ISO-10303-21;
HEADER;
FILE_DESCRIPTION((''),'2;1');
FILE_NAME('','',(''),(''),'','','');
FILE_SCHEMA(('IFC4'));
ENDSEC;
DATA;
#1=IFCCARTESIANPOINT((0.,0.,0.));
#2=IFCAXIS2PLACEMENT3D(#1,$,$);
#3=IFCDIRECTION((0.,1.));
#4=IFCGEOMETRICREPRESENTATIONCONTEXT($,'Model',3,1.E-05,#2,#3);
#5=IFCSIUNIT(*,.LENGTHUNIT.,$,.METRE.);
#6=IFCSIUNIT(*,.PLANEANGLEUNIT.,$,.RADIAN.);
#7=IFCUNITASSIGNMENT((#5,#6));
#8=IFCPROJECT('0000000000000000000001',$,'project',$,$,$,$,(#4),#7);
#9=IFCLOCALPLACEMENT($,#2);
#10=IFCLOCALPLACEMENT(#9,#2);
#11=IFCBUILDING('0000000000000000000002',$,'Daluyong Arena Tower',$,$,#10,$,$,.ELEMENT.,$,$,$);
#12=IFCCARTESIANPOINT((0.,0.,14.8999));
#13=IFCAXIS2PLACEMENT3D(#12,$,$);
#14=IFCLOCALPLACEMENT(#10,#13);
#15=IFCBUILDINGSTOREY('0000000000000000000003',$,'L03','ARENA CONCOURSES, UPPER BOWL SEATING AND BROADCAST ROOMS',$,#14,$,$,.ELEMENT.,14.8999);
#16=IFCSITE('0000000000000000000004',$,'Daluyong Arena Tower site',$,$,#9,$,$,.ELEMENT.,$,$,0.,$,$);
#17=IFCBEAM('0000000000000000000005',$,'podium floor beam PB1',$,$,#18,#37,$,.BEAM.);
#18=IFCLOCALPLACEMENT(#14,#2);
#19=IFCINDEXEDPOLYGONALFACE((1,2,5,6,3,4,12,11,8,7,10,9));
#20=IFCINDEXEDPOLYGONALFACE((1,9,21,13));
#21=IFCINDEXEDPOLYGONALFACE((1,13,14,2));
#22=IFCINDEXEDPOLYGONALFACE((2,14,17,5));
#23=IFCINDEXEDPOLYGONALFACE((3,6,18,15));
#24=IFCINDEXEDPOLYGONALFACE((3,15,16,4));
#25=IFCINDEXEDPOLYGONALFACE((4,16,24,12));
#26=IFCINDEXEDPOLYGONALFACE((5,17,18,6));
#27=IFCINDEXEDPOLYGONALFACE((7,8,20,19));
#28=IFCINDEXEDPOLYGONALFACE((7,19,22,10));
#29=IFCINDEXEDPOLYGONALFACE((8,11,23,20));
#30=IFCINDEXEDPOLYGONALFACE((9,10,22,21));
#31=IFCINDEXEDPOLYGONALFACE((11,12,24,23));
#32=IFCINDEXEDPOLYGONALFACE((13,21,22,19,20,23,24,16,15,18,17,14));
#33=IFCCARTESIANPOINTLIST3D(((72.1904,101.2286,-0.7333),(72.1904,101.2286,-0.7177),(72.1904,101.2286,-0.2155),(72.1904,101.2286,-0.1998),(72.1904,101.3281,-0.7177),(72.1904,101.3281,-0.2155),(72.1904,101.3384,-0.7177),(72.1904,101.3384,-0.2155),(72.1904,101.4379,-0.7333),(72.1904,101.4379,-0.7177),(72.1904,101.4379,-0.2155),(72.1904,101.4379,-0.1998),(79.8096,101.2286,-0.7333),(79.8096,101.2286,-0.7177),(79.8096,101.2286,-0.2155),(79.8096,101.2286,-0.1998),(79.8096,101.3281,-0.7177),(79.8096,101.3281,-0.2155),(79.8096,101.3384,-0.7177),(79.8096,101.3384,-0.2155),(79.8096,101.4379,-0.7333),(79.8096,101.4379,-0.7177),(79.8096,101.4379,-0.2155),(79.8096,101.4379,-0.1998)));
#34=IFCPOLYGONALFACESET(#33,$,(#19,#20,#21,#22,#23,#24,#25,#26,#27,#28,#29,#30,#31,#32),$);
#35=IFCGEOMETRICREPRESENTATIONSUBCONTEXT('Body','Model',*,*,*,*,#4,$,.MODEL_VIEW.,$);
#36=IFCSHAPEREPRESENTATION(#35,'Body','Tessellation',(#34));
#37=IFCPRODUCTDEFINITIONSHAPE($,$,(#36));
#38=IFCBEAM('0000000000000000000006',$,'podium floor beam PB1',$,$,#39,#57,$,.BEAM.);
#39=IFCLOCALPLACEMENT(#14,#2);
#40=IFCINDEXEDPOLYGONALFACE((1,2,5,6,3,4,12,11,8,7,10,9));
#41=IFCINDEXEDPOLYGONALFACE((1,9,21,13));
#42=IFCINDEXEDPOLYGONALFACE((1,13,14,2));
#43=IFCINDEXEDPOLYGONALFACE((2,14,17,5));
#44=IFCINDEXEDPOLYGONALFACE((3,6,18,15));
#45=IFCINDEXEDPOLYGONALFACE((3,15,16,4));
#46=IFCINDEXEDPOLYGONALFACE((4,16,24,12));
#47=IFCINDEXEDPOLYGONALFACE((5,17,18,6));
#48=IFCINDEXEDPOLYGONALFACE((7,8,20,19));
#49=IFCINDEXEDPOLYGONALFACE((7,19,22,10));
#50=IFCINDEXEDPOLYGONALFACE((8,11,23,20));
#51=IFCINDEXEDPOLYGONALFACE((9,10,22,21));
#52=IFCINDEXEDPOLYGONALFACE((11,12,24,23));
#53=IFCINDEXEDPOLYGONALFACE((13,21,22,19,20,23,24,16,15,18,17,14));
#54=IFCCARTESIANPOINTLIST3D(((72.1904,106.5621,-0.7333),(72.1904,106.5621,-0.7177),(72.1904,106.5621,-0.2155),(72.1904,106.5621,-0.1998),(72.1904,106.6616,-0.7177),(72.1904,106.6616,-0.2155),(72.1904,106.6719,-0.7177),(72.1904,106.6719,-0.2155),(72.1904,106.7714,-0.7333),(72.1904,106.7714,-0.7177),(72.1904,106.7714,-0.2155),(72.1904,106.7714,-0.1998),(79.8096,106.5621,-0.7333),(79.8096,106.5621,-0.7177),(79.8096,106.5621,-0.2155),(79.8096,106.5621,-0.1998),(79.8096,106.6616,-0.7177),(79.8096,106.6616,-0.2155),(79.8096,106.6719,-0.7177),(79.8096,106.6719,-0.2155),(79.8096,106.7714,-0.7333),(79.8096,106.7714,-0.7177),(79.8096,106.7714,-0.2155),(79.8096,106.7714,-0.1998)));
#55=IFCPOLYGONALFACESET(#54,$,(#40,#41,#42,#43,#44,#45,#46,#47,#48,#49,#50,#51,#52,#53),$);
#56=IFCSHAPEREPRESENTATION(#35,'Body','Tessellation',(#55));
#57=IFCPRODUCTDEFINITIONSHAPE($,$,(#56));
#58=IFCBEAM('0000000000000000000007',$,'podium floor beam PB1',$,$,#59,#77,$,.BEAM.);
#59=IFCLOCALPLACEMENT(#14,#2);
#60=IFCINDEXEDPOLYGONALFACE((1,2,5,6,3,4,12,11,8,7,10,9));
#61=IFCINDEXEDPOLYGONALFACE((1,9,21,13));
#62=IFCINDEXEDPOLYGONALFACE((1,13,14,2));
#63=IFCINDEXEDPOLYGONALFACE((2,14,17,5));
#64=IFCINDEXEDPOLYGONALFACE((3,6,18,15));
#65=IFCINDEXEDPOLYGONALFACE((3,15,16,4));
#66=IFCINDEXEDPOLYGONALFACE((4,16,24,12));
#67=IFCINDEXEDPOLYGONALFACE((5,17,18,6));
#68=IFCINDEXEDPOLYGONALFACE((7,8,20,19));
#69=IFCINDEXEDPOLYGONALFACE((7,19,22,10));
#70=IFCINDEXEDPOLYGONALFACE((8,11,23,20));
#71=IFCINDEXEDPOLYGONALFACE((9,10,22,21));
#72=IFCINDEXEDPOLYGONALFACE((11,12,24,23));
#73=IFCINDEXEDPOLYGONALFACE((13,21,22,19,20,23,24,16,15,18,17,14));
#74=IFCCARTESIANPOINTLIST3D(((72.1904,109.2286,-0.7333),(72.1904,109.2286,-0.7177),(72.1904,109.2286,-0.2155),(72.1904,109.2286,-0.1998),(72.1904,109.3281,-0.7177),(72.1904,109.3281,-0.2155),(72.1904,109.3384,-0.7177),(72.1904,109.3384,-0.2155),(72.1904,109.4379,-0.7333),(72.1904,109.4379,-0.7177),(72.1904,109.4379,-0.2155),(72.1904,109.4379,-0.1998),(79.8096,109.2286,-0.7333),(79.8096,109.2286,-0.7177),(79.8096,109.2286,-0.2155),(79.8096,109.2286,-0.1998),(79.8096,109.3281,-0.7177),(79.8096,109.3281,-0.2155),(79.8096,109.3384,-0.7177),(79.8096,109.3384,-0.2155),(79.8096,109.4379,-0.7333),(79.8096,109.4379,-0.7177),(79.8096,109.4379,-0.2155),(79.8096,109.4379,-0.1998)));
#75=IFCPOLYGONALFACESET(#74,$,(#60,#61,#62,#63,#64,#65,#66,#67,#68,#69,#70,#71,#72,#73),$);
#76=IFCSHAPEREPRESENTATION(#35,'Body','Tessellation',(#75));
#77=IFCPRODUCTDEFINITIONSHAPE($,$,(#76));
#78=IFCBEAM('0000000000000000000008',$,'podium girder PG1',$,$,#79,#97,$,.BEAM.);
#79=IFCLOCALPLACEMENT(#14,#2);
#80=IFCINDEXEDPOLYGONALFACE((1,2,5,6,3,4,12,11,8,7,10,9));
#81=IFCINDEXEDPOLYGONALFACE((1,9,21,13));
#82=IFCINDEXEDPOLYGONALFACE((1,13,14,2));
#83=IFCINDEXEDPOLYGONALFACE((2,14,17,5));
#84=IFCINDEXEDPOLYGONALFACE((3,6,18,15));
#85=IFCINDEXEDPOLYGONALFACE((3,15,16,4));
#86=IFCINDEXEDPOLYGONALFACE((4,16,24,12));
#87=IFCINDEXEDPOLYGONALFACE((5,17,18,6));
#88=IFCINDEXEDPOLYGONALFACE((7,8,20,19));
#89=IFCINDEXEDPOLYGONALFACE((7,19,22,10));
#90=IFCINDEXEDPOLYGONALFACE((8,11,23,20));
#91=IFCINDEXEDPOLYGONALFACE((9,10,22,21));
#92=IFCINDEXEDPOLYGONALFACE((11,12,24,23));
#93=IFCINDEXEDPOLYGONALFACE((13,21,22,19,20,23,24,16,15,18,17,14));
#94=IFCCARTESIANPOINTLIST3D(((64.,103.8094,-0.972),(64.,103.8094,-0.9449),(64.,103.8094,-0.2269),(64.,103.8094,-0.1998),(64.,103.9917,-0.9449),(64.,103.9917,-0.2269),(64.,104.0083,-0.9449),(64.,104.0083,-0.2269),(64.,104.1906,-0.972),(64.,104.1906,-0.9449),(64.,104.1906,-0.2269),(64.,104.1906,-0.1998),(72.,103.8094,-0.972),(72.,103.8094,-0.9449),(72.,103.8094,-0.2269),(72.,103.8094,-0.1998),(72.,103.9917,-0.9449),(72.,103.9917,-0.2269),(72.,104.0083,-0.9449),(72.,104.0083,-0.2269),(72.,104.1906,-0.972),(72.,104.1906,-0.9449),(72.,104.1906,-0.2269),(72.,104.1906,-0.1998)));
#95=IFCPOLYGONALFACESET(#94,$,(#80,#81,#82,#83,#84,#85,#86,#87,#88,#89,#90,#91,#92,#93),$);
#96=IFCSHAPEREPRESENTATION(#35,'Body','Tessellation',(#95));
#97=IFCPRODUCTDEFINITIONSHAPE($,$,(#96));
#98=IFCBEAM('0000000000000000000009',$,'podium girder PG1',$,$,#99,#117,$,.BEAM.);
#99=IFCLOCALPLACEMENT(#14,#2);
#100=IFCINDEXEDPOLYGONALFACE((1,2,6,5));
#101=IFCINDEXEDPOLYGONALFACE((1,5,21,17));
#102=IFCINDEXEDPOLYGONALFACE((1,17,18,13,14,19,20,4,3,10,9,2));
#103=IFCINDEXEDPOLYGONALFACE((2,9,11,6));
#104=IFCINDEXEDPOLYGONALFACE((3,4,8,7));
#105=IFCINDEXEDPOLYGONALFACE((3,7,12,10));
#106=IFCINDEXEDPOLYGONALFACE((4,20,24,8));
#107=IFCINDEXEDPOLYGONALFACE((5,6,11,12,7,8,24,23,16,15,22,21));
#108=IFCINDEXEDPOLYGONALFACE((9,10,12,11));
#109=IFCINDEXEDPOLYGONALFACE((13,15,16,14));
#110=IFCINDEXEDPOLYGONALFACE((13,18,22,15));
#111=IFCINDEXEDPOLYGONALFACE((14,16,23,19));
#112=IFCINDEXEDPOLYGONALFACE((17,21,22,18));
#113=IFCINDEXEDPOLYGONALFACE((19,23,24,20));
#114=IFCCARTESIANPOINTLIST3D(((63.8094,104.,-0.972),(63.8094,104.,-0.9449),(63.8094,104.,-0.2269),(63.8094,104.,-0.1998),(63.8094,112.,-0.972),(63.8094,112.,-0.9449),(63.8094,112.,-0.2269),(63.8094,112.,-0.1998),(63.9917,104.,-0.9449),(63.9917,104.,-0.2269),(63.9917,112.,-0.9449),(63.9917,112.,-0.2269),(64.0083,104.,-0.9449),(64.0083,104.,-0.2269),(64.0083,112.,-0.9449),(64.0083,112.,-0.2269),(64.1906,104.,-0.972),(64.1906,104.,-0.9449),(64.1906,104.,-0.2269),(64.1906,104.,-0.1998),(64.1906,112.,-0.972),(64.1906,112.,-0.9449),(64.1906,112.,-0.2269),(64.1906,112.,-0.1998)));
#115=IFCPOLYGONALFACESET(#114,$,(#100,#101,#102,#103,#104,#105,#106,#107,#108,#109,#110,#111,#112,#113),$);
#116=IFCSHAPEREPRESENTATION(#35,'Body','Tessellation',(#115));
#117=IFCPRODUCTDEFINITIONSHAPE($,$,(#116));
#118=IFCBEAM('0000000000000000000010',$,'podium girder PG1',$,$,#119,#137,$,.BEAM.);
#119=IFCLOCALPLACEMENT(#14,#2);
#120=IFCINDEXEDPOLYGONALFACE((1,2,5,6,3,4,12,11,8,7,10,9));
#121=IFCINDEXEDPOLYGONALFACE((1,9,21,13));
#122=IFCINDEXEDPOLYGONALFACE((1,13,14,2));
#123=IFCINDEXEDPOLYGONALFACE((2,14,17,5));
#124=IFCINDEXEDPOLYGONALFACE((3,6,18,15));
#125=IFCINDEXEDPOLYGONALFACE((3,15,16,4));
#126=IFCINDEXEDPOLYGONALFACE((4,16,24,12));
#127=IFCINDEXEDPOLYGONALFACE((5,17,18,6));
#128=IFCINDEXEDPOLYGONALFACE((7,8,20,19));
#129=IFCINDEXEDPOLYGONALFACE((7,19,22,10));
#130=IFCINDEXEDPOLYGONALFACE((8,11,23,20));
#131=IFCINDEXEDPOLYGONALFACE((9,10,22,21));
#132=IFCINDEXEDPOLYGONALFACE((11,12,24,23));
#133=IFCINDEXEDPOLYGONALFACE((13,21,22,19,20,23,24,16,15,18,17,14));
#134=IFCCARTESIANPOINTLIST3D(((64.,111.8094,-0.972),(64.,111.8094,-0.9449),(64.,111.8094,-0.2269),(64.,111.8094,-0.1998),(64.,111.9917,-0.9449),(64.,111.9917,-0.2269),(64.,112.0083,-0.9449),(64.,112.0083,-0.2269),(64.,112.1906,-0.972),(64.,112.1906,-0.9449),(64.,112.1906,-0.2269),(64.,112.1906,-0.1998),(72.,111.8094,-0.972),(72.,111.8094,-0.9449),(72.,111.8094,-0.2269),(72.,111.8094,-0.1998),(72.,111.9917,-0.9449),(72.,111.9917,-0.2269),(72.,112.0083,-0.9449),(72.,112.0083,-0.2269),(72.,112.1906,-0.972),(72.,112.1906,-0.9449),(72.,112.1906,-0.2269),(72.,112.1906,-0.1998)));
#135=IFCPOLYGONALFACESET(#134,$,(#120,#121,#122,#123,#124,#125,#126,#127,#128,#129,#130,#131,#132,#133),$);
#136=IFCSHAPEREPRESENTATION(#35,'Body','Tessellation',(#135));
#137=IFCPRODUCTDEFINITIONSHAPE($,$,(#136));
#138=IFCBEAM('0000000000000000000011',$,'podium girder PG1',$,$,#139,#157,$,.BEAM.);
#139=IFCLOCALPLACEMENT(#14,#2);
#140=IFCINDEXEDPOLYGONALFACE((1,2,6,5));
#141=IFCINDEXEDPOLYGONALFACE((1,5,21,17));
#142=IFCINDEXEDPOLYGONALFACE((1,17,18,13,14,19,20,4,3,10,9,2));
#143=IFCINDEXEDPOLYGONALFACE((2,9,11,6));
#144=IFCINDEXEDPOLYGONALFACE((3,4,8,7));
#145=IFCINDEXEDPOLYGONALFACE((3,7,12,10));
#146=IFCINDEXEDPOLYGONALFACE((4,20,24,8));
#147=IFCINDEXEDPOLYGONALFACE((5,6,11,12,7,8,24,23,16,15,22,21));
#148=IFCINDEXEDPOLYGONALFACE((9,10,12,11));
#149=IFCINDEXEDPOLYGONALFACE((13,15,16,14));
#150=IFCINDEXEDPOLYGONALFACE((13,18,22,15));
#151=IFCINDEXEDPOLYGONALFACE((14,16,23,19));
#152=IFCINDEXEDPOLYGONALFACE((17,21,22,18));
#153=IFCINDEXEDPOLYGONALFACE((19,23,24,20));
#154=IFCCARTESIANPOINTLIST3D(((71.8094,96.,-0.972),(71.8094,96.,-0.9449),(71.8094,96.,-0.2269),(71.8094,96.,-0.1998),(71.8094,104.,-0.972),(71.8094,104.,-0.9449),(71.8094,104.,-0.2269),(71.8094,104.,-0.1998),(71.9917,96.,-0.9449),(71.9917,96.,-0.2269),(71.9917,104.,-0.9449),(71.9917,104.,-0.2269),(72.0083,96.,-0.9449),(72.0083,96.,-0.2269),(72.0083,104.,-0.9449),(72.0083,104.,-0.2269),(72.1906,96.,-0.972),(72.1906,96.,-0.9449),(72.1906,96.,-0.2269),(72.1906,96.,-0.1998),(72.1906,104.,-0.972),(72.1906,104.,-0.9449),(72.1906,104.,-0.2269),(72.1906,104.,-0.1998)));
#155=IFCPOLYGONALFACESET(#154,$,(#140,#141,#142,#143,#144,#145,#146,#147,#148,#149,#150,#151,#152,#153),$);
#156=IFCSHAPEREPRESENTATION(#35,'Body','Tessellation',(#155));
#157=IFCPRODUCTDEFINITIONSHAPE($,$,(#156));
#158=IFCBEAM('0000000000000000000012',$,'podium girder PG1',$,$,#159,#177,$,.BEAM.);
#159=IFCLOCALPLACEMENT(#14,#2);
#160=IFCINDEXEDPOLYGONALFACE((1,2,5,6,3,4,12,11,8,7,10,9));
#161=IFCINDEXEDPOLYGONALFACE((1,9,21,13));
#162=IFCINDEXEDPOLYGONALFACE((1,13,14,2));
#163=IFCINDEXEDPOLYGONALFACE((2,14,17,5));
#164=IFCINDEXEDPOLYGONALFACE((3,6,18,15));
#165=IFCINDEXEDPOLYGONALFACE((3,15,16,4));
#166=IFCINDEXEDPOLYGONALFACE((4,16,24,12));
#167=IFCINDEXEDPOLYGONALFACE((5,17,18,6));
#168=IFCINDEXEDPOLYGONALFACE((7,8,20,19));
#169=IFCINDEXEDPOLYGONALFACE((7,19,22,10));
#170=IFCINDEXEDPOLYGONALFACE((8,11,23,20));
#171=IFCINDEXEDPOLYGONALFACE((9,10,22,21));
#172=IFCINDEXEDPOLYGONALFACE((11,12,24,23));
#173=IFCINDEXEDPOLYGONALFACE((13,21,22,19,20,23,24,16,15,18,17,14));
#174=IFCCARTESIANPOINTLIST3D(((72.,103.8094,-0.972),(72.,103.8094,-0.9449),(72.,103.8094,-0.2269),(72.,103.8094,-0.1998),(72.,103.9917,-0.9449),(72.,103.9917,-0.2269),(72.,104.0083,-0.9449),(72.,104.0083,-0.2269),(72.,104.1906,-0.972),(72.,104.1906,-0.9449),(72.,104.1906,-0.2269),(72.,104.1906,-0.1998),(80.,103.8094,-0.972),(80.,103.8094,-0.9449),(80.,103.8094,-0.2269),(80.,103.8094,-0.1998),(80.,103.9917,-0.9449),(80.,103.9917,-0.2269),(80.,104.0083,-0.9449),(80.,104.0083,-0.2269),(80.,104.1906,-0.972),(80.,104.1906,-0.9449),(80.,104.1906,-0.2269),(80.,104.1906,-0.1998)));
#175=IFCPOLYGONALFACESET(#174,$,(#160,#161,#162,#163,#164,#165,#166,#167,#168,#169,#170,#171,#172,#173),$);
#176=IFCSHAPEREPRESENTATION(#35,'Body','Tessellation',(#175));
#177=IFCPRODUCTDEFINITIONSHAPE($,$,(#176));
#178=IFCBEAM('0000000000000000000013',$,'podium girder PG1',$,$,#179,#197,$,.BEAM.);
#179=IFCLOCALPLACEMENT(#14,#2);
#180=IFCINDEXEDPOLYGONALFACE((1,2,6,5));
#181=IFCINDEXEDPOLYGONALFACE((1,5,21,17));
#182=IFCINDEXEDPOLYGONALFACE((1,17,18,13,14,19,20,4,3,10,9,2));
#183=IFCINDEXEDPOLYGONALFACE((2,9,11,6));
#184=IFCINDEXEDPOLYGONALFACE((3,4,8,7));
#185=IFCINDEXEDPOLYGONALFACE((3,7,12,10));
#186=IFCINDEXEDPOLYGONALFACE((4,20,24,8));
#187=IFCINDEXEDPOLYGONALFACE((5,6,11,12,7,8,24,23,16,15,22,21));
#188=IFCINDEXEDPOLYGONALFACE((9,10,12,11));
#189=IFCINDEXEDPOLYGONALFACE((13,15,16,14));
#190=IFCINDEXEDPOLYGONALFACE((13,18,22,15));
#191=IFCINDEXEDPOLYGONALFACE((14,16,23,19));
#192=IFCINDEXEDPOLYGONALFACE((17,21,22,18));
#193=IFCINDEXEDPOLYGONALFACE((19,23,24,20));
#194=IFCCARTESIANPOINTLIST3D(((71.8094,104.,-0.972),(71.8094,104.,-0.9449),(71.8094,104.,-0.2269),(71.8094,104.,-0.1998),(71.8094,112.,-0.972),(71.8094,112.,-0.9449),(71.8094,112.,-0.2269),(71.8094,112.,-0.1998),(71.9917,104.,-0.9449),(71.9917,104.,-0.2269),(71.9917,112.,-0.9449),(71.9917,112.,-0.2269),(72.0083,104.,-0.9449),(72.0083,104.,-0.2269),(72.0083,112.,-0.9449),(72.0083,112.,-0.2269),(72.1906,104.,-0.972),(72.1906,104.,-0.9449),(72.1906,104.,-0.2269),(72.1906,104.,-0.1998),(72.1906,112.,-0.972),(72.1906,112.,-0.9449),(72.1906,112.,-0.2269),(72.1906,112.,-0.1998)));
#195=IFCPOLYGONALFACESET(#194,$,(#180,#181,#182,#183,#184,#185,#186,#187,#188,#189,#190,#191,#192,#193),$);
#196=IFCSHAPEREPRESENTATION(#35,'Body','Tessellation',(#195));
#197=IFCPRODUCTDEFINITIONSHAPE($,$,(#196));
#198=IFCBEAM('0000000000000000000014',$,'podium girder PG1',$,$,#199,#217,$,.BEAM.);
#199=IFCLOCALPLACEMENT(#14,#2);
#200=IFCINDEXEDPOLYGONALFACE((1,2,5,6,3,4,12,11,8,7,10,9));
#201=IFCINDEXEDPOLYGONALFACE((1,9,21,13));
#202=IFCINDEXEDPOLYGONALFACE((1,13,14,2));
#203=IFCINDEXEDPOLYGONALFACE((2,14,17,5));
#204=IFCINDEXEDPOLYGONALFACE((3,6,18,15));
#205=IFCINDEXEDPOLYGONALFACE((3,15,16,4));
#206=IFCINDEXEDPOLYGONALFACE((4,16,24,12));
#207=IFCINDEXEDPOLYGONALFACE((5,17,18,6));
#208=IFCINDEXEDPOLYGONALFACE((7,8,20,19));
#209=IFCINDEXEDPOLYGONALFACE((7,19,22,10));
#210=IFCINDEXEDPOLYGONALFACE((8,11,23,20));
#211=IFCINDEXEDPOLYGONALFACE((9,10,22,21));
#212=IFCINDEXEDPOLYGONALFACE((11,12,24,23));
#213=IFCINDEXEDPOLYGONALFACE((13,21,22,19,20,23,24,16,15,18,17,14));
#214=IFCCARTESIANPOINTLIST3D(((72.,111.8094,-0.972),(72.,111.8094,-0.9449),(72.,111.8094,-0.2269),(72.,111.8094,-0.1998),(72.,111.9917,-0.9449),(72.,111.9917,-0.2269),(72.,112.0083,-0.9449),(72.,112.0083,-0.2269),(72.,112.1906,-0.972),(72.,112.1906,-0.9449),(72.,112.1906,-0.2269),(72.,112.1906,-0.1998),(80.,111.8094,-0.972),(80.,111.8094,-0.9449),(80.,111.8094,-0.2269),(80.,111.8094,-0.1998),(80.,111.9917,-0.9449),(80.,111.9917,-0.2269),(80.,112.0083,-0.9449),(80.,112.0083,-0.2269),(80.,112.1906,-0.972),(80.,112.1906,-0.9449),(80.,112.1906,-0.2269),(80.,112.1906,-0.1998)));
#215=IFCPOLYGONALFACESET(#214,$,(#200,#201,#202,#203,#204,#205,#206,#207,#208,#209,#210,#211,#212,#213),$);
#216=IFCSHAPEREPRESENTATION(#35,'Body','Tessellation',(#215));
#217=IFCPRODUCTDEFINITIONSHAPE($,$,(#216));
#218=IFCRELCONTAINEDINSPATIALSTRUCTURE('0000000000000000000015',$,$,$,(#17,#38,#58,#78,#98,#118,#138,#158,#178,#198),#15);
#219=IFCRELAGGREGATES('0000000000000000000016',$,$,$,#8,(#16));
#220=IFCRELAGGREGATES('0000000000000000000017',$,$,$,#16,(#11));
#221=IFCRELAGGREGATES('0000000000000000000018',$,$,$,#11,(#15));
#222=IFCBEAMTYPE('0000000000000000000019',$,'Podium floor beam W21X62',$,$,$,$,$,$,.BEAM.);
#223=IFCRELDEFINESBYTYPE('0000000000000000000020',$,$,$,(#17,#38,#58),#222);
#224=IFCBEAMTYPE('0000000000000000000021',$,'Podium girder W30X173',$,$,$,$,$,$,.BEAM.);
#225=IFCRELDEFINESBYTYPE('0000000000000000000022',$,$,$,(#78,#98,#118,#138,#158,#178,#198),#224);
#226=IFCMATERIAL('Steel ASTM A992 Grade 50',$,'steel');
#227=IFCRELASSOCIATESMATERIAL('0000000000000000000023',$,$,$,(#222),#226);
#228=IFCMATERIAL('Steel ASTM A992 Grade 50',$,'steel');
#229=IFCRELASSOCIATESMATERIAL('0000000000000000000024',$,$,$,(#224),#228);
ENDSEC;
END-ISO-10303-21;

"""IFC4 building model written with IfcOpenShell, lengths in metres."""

from ifc_helpers import new_model, si_unit, direction, frame, origin, origin_2d, place, context, subcontext, project, spatial, i_section, extrude, material, material_profile, profile_set, type_object, element, save


model = new_model("IFC4")

# Units and contexts
model_context = context("Model", 3, precision=1e-05, world=origin(), true_north=direction((0.0, 1.0)))
body_context = subcontext(model_context, "Body", "Model", "MODEL_VIEW")
ifc_project = project(units=[si_unit("LENGTHUNIT", "METRE"), si_unit("PLANEANGLEUNIT", "RADIAN")], contexts=[model_context])

# Site, building, storey
site_placement = place(None, origin())
site = spatial("IfcSite", under=ifc_project, at=site_placement, Name="Daluyong Arena Tower site", CompositionType="ELEMENT", RefElevation=0.0)
building_placement = place(site_placement, origin())
building = spatial("IfcBuilding", under=site, at=building_placement, Name="Daluyong Arena Tower", CompositionType="ELEMENT")
storey_placement = place(building_placement, frame((0.0, 0.0, 14.8999)))
storey = spatial("IfcBuildingStorey", under=building, at=storey_placement, Name="L03", Description="ARENA CONCOURSES, UPPER BOWL SEATING AND BROADCAST ROOMS", CompositionType="ELEMENT", Elevation=14.8999)

# Beams
ifc_material_1 = material(Name="Steel ASTM A992 Grade 50", Category="steel")
ifc_material_profile_1 = material_profile(ifc_material_1, i_section(OverallWidth=0.2092, OverallDepth=0.5334, WebThickness=0.0103, FlangeThickness=0.0156, at=origin_2d()))
ifc_profile_set_1 = profile_set([ifc_material_profile_1], Name="Steel ASTM A992 Grade 50")
beam_type_1 = type_object("IfcBeamType", Name="Podium floor beam W21X62", PredefinedType="BEAM", material=ifc_profile_set_1)
for number, where, z_axis, x_axis, name in (
    (1, (72.1904, 101.3333, -0.4666), (1.0, 0.0, 0.0), (0.0, 1.0, 0.0), "podium floor beam PB1"),
    (2, (72.1904, 106.6667, -0.4666), (1.0, 0.0, 0.0), (0.0, 1.0, 0.0), "podium floor beam PB1"),
    (3, (72.1904, 109.3333, -0.4666), (1.0, 0.0, 0.0), (0.0, 1.0, 0.0), "podium floor beam PB1"),
):
    element("IfcBeam", number, at=place(storey_placement, frame(where, z_axis=z_axis, x_axis=x_axis)), inside=storey, type_object=beam_type_1, Name=name, PredefinedType="BEAM", context=body_context, shape_type="SweptSolid", body=[
        extrude(i_section(OverallWidth=0.2092, OverallDepth=0.5334, WebThickness=0.0103, FlangeThickness=0.0156, at=origin_2d()), origin(), (0.0, 0.0, 1.0), 7.6191),
    ])
ifc_material_2 = material(Name="Steel ASTM A992 Grade 50", Category="steel")
ifc_material_profile_2 = material_profile(ifc_material_2, i_section(OverallWidth=0.3811, OverallDepth=0.7722, WebThickness=0.0166, FlangeThickness=0.0271, at=origin_2d()))
ifc_profile_set_2 = profile_set([ifc_material_profile_2], Name="Steel ASTM A992 Grade 50")
beam_type_2 = type_object("IfcBeamType", Name="Podium girder W30X173", PredefinedType="BEAM", material=ifc_profile_set_2)
for number, where, z_axis, x_axis, name in (
    (4, (64.0, 104.0, -0.5859), (1.0, 0.0, 0.0), (0.0, 1.0, 0.0), "podium girder PG1"),
    (5, (64.0, 104.0, -0.5859), (0.0, 1.0, 0.0), (-1.0, 0.0, 0.0), "podium girder PG1"),
    (6, (64.0, 112.0, -0.5859), (1.0, 0.0, 0.0), (0.0, 1.0, 0.0), "podium girder PG1"),
    (7, (72.0, 96.0, -0.5859), (0.0, 1.0, 0.0), (-1.0, 0.0, 0.0), "podium girder PG1"),
    (8, (72.0, 104.0, -0.5859), (1.0, 0.0, 0.0), (0.0, 1.0, 0.0), "podium girder PG1"),
    (9, (72.0, 104.0, -0.5859), (0.0, 1.0, 0.0), (-1.0, 0.0, 0.0), "podium girder PG1"),
    (10, (72.0, 112.0, -0.5859), (1.0, 0.0, 0.0), (0.0, 1.0, 0.0), "podium girder PG1"),
):
    element("IfcBeam", number, at=place(storey_placement, frame(where, z_axis=z_axis, x_axis=x_axis)), inside=storey, type_object=beam_type_2, Name=name, PredefinedType="BEAM", context=body_context, shape_type="SweptSolid", body=[
        extrude(i_section(OverallWidth=0.3811, OverallDepth=0.7722, WebThickness=0.0166, FlangeThickness=0.0271, at=origin_2d()), origin(), (0.0, 0.0, 1.0), 8.0),
    ])

save(model, "model.ifc")
